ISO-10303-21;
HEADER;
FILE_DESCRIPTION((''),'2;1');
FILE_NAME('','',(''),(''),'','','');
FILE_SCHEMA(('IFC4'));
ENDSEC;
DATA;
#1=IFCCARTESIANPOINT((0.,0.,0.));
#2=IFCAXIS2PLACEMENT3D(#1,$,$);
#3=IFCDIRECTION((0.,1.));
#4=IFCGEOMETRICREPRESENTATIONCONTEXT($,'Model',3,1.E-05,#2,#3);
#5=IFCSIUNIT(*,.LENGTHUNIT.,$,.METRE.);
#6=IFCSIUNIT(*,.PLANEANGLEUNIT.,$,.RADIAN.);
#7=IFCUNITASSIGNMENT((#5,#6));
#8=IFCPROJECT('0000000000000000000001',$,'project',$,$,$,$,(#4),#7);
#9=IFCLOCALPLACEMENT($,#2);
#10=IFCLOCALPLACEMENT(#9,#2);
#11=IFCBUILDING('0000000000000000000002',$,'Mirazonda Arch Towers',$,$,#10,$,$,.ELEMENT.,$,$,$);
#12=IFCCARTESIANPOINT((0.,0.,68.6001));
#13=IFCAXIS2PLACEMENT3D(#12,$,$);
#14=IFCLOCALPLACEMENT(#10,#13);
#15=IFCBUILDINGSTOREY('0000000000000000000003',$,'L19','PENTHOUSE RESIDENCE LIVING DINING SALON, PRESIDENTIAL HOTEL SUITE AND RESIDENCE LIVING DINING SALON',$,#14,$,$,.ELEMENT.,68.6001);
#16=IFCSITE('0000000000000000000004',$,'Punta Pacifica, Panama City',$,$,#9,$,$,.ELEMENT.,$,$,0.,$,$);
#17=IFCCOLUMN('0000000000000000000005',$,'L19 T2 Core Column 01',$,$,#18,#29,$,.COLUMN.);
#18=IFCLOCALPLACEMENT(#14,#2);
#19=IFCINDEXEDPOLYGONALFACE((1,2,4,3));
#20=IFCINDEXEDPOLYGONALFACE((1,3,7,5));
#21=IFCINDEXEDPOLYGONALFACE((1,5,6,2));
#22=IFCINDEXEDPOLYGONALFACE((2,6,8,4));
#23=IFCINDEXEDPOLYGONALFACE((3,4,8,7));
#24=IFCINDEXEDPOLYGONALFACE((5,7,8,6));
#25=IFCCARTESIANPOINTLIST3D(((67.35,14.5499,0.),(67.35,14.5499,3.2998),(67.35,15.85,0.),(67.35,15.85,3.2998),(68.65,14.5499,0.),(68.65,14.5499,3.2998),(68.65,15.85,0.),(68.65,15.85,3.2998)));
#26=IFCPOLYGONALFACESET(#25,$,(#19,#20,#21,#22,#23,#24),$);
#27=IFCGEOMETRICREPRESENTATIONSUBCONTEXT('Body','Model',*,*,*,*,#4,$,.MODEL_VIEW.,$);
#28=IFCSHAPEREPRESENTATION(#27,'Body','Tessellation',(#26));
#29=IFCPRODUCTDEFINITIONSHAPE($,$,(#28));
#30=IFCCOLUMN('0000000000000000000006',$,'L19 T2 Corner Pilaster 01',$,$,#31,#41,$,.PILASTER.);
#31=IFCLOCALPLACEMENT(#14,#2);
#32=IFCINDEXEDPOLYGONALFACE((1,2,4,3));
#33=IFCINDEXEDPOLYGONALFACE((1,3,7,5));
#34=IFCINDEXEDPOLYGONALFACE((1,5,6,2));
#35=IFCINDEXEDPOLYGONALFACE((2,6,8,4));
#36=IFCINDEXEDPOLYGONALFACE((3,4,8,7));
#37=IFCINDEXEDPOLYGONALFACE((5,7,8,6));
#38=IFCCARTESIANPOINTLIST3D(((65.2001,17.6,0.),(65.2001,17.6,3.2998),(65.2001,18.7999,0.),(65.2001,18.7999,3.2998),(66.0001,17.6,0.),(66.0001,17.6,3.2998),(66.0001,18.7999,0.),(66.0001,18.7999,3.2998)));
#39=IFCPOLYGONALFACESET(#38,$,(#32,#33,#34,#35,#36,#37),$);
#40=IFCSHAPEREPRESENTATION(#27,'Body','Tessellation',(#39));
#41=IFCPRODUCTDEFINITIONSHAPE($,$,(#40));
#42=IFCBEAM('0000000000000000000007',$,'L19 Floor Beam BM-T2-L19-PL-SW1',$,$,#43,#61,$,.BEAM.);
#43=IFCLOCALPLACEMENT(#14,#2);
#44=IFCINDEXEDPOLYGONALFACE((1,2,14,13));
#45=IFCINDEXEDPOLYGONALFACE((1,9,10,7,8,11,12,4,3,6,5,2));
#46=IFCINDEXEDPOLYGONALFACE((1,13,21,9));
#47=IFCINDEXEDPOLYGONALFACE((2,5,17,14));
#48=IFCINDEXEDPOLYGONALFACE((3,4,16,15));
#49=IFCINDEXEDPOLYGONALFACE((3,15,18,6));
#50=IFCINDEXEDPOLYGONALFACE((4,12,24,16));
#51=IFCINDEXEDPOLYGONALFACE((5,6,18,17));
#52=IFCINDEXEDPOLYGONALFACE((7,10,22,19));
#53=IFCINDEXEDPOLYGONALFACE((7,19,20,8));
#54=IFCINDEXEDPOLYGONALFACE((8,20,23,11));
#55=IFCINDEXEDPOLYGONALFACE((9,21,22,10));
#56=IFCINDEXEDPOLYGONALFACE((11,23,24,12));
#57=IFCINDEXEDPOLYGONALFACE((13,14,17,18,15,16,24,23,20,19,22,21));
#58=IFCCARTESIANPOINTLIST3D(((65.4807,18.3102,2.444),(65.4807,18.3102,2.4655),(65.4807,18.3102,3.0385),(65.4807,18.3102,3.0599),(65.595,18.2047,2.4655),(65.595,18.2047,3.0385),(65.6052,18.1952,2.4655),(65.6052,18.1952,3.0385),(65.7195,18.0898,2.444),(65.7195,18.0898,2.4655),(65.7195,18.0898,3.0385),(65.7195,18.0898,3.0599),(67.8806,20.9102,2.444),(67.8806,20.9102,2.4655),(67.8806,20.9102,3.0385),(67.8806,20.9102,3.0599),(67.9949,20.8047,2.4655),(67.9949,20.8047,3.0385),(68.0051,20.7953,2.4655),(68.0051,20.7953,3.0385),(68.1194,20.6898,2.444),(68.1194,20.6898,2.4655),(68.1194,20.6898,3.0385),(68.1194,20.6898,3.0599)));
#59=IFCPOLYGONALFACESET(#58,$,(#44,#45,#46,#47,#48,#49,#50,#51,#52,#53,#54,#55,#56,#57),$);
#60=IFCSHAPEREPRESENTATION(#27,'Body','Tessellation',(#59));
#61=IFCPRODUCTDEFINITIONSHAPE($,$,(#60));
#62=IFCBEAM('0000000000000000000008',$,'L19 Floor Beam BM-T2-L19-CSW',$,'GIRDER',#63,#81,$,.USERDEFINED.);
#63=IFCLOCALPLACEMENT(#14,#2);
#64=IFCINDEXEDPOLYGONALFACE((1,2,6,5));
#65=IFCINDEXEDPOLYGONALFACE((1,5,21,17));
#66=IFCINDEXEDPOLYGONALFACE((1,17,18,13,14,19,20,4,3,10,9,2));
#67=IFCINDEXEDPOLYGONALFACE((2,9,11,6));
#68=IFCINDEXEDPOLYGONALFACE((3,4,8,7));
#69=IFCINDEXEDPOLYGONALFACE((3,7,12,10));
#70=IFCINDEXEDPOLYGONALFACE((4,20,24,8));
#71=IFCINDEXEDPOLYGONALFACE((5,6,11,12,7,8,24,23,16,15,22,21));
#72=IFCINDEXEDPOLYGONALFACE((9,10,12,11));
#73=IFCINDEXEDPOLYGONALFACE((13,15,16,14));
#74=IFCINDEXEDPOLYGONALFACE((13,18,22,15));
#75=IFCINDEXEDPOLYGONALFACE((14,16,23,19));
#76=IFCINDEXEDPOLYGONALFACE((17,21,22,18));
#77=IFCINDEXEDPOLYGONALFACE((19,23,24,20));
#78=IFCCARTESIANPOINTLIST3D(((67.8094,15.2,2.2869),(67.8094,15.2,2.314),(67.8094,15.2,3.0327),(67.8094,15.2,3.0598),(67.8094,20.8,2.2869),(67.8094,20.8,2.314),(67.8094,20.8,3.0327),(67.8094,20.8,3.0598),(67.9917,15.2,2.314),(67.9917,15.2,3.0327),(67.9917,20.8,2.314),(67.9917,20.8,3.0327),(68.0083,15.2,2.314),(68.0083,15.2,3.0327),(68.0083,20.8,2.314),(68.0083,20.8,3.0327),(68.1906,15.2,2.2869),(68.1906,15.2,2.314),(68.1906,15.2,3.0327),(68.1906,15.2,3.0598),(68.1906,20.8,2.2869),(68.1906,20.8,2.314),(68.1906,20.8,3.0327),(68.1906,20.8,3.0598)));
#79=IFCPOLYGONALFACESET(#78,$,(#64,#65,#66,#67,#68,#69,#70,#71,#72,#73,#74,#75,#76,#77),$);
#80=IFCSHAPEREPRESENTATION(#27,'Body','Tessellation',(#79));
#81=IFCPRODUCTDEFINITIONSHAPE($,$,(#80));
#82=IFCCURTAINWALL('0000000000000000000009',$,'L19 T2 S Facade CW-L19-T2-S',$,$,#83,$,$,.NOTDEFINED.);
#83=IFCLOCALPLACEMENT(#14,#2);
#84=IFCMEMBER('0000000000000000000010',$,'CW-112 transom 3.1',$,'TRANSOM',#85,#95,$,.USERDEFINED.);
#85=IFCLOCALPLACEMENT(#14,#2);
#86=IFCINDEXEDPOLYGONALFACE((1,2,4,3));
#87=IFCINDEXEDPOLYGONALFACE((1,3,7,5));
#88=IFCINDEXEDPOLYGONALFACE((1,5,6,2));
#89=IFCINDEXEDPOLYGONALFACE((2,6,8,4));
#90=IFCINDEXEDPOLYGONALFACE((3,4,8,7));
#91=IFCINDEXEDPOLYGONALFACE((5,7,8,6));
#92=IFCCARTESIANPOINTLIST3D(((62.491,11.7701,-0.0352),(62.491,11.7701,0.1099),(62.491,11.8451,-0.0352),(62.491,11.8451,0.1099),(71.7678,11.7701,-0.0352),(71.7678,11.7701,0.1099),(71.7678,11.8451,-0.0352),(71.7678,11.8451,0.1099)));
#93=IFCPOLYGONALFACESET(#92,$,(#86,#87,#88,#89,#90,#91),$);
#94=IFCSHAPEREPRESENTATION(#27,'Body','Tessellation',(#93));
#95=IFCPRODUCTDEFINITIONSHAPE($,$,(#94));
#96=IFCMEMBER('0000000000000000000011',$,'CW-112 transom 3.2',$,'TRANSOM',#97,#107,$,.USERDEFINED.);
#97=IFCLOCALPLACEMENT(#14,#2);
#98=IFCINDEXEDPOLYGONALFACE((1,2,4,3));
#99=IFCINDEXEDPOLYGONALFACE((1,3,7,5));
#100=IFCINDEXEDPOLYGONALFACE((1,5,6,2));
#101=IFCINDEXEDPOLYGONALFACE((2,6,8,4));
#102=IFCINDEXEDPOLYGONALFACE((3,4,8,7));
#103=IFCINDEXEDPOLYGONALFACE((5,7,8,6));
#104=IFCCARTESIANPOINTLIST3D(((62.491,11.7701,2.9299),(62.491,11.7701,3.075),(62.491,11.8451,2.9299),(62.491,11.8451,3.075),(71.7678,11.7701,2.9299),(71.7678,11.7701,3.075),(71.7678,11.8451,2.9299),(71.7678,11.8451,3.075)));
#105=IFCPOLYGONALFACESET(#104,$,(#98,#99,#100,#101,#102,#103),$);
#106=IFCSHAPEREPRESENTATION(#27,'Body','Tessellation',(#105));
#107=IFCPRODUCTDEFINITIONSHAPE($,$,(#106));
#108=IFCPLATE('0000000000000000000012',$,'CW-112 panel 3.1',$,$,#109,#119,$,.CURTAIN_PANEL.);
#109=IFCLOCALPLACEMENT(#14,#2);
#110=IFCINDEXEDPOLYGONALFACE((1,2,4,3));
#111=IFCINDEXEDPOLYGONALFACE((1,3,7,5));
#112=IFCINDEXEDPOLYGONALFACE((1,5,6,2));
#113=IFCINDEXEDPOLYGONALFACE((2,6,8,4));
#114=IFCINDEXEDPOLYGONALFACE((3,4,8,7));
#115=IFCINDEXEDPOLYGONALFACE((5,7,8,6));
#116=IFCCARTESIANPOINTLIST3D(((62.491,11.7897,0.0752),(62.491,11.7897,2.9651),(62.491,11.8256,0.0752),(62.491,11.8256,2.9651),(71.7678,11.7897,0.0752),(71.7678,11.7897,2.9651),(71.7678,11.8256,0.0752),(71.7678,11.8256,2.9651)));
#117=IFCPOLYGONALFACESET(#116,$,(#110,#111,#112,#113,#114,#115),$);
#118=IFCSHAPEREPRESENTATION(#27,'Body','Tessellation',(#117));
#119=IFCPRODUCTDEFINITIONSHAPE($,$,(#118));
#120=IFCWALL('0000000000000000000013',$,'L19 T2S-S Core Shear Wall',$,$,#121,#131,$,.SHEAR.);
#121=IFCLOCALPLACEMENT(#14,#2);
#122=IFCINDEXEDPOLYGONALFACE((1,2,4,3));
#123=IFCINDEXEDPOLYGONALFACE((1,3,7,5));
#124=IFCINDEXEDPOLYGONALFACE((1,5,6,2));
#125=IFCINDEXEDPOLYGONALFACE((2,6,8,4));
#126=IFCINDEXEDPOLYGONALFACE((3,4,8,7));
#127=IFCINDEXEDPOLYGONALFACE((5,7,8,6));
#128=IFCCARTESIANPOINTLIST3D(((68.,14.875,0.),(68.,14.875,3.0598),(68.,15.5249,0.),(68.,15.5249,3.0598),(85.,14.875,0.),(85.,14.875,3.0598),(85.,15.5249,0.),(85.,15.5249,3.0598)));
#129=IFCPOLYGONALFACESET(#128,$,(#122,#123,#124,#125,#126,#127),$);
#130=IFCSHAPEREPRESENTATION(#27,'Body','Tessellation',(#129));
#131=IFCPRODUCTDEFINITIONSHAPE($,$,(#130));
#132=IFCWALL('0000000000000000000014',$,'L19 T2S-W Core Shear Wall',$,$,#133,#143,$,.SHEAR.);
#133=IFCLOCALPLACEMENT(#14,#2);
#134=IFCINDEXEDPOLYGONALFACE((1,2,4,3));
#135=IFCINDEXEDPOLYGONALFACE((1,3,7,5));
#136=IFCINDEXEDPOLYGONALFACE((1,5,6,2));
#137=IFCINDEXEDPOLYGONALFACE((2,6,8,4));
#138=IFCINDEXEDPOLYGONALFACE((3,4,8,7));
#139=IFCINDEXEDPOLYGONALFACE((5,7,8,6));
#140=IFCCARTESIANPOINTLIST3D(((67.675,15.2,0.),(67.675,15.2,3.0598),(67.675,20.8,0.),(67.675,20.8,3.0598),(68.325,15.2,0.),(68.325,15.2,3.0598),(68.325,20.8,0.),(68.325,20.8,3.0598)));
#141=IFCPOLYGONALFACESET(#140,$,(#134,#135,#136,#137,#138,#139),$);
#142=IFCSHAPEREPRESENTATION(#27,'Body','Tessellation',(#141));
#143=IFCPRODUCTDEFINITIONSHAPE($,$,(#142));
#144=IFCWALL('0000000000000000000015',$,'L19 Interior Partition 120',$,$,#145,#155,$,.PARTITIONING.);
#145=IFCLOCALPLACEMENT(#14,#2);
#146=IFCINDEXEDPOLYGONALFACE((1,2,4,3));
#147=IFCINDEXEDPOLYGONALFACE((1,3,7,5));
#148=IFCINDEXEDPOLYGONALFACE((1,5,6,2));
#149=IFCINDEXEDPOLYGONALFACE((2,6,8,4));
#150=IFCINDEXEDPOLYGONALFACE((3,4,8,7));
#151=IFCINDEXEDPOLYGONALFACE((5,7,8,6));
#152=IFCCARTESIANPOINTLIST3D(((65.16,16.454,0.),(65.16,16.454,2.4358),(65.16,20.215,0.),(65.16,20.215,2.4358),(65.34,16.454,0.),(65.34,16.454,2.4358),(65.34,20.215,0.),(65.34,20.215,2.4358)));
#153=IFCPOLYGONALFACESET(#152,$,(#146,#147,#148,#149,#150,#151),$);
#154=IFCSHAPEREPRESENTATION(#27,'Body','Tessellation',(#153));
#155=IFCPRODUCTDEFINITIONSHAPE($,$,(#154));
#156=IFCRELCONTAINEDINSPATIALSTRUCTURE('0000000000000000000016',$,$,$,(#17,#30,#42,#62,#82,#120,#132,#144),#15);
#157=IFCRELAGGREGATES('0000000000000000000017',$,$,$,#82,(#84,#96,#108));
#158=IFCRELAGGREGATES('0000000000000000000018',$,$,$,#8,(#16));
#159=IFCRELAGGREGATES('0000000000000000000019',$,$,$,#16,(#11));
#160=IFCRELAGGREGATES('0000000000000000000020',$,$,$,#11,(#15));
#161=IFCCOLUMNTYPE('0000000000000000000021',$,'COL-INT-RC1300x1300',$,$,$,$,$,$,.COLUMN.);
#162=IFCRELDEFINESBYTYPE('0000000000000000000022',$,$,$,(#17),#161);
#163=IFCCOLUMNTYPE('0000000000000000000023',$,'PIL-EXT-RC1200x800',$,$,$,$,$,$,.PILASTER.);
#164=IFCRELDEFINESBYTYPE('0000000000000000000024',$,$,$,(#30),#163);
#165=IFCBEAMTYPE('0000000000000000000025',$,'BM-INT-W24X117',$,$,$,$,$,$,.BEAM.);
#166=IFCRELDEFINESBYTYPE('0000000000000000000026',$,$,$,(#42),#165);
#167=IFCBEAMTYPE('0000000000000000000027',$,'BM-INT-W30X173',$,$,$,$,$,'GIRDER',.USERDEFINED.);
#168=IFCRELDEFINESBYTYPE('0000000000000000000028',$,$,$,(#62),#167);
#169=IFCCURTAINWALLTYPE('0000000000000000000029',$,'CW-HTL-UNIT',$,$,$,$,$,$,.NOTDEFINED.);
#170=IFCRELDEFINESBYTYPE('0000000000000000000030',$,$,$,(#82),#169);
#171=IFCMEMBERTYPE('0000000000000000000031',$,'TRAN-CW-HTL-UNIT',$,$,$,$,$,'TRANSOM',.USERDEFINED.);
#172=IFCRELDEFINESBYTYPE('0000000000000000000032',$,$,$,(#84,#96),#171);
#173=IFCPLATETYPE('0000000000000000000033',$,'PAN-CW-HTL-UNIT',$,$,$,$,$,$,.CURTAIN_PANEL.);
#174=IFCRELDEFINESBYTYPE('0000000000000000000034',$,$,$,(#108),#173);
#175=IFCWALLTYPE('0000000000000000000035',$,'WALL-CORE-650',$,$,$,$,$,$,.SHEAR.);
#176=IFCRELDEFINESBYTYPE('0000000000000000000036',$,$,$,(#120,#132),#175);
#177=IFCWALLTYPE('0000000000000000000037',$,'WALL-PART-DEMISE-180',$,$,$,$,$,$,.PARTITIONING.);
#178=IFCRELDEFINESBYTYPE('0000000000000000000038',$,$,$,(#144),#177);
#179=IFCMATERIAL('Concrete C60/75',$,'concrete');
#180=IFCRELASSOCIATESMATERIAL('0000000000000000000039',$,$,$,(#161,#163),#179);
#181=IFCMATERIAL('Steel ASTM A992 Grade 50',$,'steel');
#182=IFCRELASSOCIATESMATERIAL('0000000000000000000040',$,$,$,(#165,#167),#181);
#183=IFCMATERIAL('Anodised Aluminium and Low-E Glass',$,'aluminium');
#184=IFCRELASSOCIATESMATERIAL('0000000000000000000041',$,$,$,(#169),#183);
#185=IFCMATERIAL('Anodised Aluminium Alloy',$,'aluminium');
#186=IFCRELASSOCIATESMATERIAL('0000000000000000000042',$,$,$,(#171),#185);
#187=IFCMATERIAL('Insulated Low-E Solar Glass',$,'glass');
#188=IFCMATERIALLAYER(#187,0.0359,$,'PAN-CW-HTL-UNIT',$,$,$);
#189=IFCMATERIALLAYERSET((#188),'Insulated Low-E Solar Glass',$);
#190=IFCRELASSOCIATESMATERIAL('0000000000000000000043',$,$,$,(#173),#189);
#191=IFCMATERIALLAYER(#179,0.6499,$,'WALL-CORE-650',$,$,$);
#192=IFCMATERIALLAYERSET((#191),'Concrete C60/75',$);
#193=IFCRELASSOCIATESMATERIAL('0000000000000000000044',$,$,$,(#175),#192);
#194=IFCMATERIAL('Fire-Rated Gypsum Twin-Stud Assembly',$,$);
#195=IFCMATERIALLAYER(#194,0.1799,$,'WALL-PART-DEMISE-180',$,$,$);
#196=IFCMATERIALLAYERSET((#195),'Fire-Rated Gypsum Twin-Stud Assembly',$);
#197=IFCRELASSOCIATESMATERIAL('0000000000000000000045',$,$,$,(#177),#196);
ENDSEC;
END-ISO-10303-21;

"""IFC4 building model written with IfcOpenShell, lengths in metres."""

from ifc_helpers import new_model, si_unit, direction, frame, frame_2d, origin, origin_2d, place, context, subcontext, project, spatial, rectangle, i_section, extrude, material, layer, layer_set, material_profile, profile_set, type_object, element, aggregate, save


model = new_model("IFC4")

# Units and contexts
model_context = context("Model", 3, precision=1e-05, world=origin(), true_north=direction((0.0, 1.0)))
body_context = subcontext(model_context, "Body", "Model", "MODEL_VIEW")
ifc_project = project(units=[si_unit("LENGTHUNIT", "METRE"), si_unit("PLANEANGLEUNIT", "RADIAN")], contexts=[model_context])

# Site, building, storey
site_placement = place(None, origin())
site = spatial("IfcSite", under=ifc_project, at=site_placement, Name="Punta Pacifica, Panama City", CompositionType="ELEMENT", RefElevation=0.0)
building_placement = place(site_placement, origin())
building = spatial("IfcBuilding", under=site, at=building_placement, Name="Mirazonda Arch Towers", CompositionType="ELEMENT")
storey_placement = place(building_placement, frame((0.0, 0.0, 68.6001)))
storey = spatial("IfcBuildingStorey", under=building, at=storey_placement, Name="L19", Description="PENTHOUSE RESIDENCE LIVING DINING SALON, PRESIDENTIAL HOTEL SUITE AND RESIDENCE LIVING DINING SALON", CompositionType="ELEMENT", Elevation=68.6001)

# Columns
ifc_material_1 = material(Name="Concrete C60/75", Category="concrete")
ifc_material_profile_1 = material_profile(ifc_material_1, rectangle(XDim=1.3, YDim=1.3, at=origin_2d()), Name="RC1300x1300")
ifc_profile_set_1 = profile_set([ifc_material_profile_1], Name="Concrete C60/75")
column_type_1 = type_object("IfcColumnType", Name="COL-INT-RC1300x1300", PredefinedType="COLUMN", material=ifc_profile_set_1)
column_1_placement = place(storey_placement, frame((68.0, 15.2, 0.0), z_axis=(0.0, 0.0, 1.0), x_axis=(1.0, 0.0, 0.0)))
element("IfcColumn", 1, at=column_1_placement, inside=storey, type_object=column_type_1, Name="L19 T2 Core Column 01", PredefinedType="COLUMN", context=body_context, shape_type="SweptSolid", body=[
    extrude(rectangle(XDim=1.3, YDim=1.3, at=origin_2d()), origin(), (0.0, 0.0, 1.0), 3.2998),
])
ifc_material_profile_2 = material_profile(ifc_material_1, rectangle(XDim=0.8, YDim=1.2, at=origin_2d()), Name="RC1200x800")
ifc_profile_set_2 = profile_set([ifc_material_profile_2], Name="Concrete C60/75")
column_type_2 = type_object("IfcColumnType", Name="PIL-EXT-RC1200x800", PredefinedType="PILASTER", material=ifc_profile_set_2)
column_2_placement = place(storey_placement, frame((65.6001, 18.2, 0.0), z_axis=(0.0, 0.0, 1.0), x_axis=(1.0, 0.0, 0.0)))
element("IfcColumn", 2, at=column_2_placement, inside=storey, type_object=column_type_2, Name="L19 T2 Corner Pilaster 01", PredefinedType="PILASTER", context=body_context, shape_type="SweptSolid", body=[
    extrude(rectangle(XDim=0.8, YDim=1.2, at=origin_2d()), origin(), (0.0, 0.0, 1.0), 3.2998),
])

# Beams
ifc_material_2 = material(Name="Steel ASTM A992 Grade 50", Category="steel")
ifc_material_profile_3 = material_profile(ifc_material_2, i_section(OverallWidth=0.325, OverallDepth=0.616, WebThickness=0.0139, FlangeThickness=0.0215, at=origin_2d()), Name="W24X117")
ifc_profile_set_3 = profile_set([ifc_material_profile_3], Name="Steel ASTM A992 Grade 50")
beam_type_1 = type_object("IfcBeamType", Name="BM-INT-W24X117", PredefinedType="BEAM", material=ifc_profile_set_3)
beam_1_placement = place(storey_placement, frame((65.6001, 18.2, 2.752), z_axis=(0.678251, 0.73483, 0.0), x_axis=(-0.73483, 0.678251, 0.0)))
element("IfcBeam", 3, at=beam_1_placement, inside=storey, type_object=beam_type_1, Name="L19 Floor Beam BM-T2-L19-PL-SW1", PredefinedType="BEAM", context=body_context, shape_type="SweptSolid", body=[
    extrude(i_section(OverallWidth=0.325, OverallDepth=0.616, WebThickness=0.0139, FlangeThickness=0.0215, at=origin_2d()), origin(), (0.0, 0.0, 1.0), 3.5383),
])
ifc_material_profile_4 = material_profile(ifc_material_2, i_section(OverallWidth=0.3811, OverallDepth=0.7729, WebThickness=0.0166, FlangeThickness=0.0271, at=origin_2d()), Name="W30X173")
ifc_profile_set_4 = profile_set([ifc_material_profile_4], Name="Steel ASTM A992 Grade 50")
beam_type_2 = type_object("IfcBeamType", Name="BM-INT-W30X173", ElementType="GIRDER", PredefinedType="USERDEFINED", material=ifc_profile_set_4)
beam_2_placement = place(storey_placement, frame((68.0, 15.2, 2.6733), z_axis=(0.0, 1.0, 0.0), x_axis=(-1.0, 0.0, 0.0)))
element("IfcBeam", 4, at=beam_2_placement, inside=storey, type_object=beam_type_2, Name="L19 Floor Beam BM-T2-L19-CSW", ObjectType="GIRDER", PredefinedType="USERDEFINED", context=body_context, shape_type="SweptSolid", body=[
    extrude(i_section(OverallWidth=0.3811, OverallDepth=0.7729, WebThickness=0.0166, FlangeThickness=0.0271, at=origin_2d()), origin(), (0.0, 0.0, 1.0), 5.6001),
])

# Curtain wall, members, plate
ifc_material_3 = material(Name="Anodised Aluminium and Low-E Glass", Category="aluminium")
curtain_wall_type = type_object("IfcCurtainWallType", Name="CW-HTL-UNIT", PredefinedType="NOTDEFINED", material=ifc_material_3)
curtain_wall_placement = place(storey_placement, origin())
curtain_wall = element("IfcCurtainWall", 5, at=curtain_wall_placement, inside=storey, type_object=curtain_wall_type, Name="L19 T2 S Facade CW-L19-T2-S", PredefinedType="NOTDEFINED")
ifc_material_4 = material(Name="Anodised Aluminium Alloy", Category="aluminium")
ifc_material_profile_5 = material_profile(ifc_material_4, rectangle(XDim=0.075, YDim=0.145, at=origin_2d()), Name="ALU-TRAN-75x145")
ifc_profile_set_5 = profile_set([ifc_material_profile_5], Name="Anodised Aluminium Alloy")
member_type = type_object("IfcMemberType", Name="TRAN-CW-HTL-UNIT", ElementType="TRANSOM", PredefinedType="USERDEFINED", material=ifc_profile_set_5)
member_1_placement = place(storey_placement, frame((71.7678, 11.8076, 0.0374), z_axis=(-1.0, 0.0, 0.0), x_axis=(0.0, -1.0, 0.0)))
member_1 = element("IfcMember", 6, at=member_1_placement, type_object=member_type, Name="CW-112 transom 3.1", ObjectType="TRANSOM", PredefinedType="USERDEFINED", context=body_context, shape_type="SweptSolid", body=[
    extrude(rectangle(XDim=0.075, YDim=0.145, at=origin_2d()), origin(), (0.0, 0.0, 1.0), 9.2769),
])
member_2_placement = place(storey_placement, frame((71.7678, 11.8076, 3.0024), z_axis=(-1.0, 0.0, 0.0), x_axis=(0.0, -1.0, 0.0)))
member_2 = element("IfcMember", 7, at=member_2_placement, type_object=member_type, Name="CW-112 transom 3.2", ObjectType="TRANSOM", PredefinedType="USERDEFINED", context=body_context, shape_type="SweptSolid", body=[
    extrude(rectangle(XDim=0.075, YDim=0.145, at=origin_2d()), origin(), (0.0, 0.0, 1.0), 9.2769),
])
ifc_material_5 = material(Name="Insulated Low-E Solar Glass", Category="glass")
ifc_layer_1 = layer(ifc_material_5, 0.0359, Name="PAN-CW-HTL-UNIT")
ifc_layer_set_1 = layer_set([ifc_layer_1], Name="Insulated Low-E Solar Glass")
plate_type = type_object("IfcPlateType", Name="PAN-CW-HTL-UNIT", PredefinedType="CURTAIN_PANEL", material=ifc_layer_set_1)
plate_placement = place(storey_placement, frame((67.1294, 11.8076, 0.0752), z_axis=(0.0, 0.0, 1.0), x_axis=(-1.0, 0.0, 0.0)))
plate = element("IfcPlate", 8, at=plate_placement, type_object=plate_type, Name="CW-112 panel 3.1", PredefinedType="CURTAIN_PANEL", context=body_context, shape_type="SweptSolid", body=[
    extrude(rectangle(XDim=9.2769, YDim=0.0359, at=origin_2d()), origin(), (0.0, 0.0, 1.0), 2.8899),
])
aggregate(curtain_wall, [member_1, member_2, plate])

# Walls
ifc_layer_2 = layer(ifc_material_1, 0.6499, Name="WALL-CORE-650")
ifc_layer_set_2 = layer_set([ifc_layer_2], Name="Concrete C60/75")
wall_type_1 = type_object("IfcWallType", Name="WALL-CORE-650", PredefinedType="SHEAR", material=ifc_layer_set_2)
wall_1_placement = place(storey_placement, frame((68.0, 15.2, 0.0), z_axis=(0.0, 0.0, 1.0), x_axis=(1.0, 0.0, 0.0)))
element("IfcWall", 9, at=wall_1_placement, inside=storey, type_object=wall_type_1, Name="L19 T2S-S Core Shear Wall", PredefinedType="SHEAR", context=body_context, shape_type="SweptSolid", body=[
    extrude(rectangle(XDim=17.0, YDim=0.6499, at=frame_2d((8.5, 0.0))), origin(), (0.0, 0.0, 1.0), 3.0598),
])
wall_2_placement = place(storey_placement, frame((68.0, 15.2, 0.0), z_axis=(0.0, 0.0, 1.0), x_axis=(0.0, 1.0, 0.0)))
element("IfcWall", 10, at=wall_2_placement, inside=storey, type_object=wall_type_1, Name="L19 T2S-W Core Shear Wall", PredefinedType="SHEAR", context=body_context, shape_type="SweptSolid", body=[
    extrude(rectangle(XDim=5.6001, YDim=0.6499, at=frame_2d((2.8, 0.0))), origin(), (0.0, 0.0, 1.0), 3.0598),
])
ifc_material_6 = material(Name="Fire-Rated Gypsum Twin-Stud Assembly")
ifc_layer_3 = layer(ifc_material_6, 0.1799, Name="WALL-PART-DEMISE-180")
ifc_layer_set_3 = layer_set([ifc_layer_3], Name="Fire-Rated Gypsum Twin-Stud Assembly")
wall_type_2 = type_object("IfcWallType", Name="WALL-PART-DEMISE-180", PredefinedType="PARTITIONING", material=ifc_layer_set_3)
wall_3_placement = place(storey_placement, frame((65.25, 16.4541, 0.0), z_axis=(0.0, 0.0, 1.0), x_axis=(0.0, 1.0, 0.0)))
element("IfcWall", 11, at=wall_3_placement, inside=storey, type_object=wall_type_2, Name="L19 Interior Partition 120", PredefinedType="PARTITIONING", context=body_context, shape_type="SweptSolid", body=[
    extrude(rectangle(XDim=3.761, YDim=0.1799, at=frame_2d((1.8804, 0.0))), origin(), (0.0, 0.0, 1.0), 2.4358),
])

save(model, "model.ifc")
